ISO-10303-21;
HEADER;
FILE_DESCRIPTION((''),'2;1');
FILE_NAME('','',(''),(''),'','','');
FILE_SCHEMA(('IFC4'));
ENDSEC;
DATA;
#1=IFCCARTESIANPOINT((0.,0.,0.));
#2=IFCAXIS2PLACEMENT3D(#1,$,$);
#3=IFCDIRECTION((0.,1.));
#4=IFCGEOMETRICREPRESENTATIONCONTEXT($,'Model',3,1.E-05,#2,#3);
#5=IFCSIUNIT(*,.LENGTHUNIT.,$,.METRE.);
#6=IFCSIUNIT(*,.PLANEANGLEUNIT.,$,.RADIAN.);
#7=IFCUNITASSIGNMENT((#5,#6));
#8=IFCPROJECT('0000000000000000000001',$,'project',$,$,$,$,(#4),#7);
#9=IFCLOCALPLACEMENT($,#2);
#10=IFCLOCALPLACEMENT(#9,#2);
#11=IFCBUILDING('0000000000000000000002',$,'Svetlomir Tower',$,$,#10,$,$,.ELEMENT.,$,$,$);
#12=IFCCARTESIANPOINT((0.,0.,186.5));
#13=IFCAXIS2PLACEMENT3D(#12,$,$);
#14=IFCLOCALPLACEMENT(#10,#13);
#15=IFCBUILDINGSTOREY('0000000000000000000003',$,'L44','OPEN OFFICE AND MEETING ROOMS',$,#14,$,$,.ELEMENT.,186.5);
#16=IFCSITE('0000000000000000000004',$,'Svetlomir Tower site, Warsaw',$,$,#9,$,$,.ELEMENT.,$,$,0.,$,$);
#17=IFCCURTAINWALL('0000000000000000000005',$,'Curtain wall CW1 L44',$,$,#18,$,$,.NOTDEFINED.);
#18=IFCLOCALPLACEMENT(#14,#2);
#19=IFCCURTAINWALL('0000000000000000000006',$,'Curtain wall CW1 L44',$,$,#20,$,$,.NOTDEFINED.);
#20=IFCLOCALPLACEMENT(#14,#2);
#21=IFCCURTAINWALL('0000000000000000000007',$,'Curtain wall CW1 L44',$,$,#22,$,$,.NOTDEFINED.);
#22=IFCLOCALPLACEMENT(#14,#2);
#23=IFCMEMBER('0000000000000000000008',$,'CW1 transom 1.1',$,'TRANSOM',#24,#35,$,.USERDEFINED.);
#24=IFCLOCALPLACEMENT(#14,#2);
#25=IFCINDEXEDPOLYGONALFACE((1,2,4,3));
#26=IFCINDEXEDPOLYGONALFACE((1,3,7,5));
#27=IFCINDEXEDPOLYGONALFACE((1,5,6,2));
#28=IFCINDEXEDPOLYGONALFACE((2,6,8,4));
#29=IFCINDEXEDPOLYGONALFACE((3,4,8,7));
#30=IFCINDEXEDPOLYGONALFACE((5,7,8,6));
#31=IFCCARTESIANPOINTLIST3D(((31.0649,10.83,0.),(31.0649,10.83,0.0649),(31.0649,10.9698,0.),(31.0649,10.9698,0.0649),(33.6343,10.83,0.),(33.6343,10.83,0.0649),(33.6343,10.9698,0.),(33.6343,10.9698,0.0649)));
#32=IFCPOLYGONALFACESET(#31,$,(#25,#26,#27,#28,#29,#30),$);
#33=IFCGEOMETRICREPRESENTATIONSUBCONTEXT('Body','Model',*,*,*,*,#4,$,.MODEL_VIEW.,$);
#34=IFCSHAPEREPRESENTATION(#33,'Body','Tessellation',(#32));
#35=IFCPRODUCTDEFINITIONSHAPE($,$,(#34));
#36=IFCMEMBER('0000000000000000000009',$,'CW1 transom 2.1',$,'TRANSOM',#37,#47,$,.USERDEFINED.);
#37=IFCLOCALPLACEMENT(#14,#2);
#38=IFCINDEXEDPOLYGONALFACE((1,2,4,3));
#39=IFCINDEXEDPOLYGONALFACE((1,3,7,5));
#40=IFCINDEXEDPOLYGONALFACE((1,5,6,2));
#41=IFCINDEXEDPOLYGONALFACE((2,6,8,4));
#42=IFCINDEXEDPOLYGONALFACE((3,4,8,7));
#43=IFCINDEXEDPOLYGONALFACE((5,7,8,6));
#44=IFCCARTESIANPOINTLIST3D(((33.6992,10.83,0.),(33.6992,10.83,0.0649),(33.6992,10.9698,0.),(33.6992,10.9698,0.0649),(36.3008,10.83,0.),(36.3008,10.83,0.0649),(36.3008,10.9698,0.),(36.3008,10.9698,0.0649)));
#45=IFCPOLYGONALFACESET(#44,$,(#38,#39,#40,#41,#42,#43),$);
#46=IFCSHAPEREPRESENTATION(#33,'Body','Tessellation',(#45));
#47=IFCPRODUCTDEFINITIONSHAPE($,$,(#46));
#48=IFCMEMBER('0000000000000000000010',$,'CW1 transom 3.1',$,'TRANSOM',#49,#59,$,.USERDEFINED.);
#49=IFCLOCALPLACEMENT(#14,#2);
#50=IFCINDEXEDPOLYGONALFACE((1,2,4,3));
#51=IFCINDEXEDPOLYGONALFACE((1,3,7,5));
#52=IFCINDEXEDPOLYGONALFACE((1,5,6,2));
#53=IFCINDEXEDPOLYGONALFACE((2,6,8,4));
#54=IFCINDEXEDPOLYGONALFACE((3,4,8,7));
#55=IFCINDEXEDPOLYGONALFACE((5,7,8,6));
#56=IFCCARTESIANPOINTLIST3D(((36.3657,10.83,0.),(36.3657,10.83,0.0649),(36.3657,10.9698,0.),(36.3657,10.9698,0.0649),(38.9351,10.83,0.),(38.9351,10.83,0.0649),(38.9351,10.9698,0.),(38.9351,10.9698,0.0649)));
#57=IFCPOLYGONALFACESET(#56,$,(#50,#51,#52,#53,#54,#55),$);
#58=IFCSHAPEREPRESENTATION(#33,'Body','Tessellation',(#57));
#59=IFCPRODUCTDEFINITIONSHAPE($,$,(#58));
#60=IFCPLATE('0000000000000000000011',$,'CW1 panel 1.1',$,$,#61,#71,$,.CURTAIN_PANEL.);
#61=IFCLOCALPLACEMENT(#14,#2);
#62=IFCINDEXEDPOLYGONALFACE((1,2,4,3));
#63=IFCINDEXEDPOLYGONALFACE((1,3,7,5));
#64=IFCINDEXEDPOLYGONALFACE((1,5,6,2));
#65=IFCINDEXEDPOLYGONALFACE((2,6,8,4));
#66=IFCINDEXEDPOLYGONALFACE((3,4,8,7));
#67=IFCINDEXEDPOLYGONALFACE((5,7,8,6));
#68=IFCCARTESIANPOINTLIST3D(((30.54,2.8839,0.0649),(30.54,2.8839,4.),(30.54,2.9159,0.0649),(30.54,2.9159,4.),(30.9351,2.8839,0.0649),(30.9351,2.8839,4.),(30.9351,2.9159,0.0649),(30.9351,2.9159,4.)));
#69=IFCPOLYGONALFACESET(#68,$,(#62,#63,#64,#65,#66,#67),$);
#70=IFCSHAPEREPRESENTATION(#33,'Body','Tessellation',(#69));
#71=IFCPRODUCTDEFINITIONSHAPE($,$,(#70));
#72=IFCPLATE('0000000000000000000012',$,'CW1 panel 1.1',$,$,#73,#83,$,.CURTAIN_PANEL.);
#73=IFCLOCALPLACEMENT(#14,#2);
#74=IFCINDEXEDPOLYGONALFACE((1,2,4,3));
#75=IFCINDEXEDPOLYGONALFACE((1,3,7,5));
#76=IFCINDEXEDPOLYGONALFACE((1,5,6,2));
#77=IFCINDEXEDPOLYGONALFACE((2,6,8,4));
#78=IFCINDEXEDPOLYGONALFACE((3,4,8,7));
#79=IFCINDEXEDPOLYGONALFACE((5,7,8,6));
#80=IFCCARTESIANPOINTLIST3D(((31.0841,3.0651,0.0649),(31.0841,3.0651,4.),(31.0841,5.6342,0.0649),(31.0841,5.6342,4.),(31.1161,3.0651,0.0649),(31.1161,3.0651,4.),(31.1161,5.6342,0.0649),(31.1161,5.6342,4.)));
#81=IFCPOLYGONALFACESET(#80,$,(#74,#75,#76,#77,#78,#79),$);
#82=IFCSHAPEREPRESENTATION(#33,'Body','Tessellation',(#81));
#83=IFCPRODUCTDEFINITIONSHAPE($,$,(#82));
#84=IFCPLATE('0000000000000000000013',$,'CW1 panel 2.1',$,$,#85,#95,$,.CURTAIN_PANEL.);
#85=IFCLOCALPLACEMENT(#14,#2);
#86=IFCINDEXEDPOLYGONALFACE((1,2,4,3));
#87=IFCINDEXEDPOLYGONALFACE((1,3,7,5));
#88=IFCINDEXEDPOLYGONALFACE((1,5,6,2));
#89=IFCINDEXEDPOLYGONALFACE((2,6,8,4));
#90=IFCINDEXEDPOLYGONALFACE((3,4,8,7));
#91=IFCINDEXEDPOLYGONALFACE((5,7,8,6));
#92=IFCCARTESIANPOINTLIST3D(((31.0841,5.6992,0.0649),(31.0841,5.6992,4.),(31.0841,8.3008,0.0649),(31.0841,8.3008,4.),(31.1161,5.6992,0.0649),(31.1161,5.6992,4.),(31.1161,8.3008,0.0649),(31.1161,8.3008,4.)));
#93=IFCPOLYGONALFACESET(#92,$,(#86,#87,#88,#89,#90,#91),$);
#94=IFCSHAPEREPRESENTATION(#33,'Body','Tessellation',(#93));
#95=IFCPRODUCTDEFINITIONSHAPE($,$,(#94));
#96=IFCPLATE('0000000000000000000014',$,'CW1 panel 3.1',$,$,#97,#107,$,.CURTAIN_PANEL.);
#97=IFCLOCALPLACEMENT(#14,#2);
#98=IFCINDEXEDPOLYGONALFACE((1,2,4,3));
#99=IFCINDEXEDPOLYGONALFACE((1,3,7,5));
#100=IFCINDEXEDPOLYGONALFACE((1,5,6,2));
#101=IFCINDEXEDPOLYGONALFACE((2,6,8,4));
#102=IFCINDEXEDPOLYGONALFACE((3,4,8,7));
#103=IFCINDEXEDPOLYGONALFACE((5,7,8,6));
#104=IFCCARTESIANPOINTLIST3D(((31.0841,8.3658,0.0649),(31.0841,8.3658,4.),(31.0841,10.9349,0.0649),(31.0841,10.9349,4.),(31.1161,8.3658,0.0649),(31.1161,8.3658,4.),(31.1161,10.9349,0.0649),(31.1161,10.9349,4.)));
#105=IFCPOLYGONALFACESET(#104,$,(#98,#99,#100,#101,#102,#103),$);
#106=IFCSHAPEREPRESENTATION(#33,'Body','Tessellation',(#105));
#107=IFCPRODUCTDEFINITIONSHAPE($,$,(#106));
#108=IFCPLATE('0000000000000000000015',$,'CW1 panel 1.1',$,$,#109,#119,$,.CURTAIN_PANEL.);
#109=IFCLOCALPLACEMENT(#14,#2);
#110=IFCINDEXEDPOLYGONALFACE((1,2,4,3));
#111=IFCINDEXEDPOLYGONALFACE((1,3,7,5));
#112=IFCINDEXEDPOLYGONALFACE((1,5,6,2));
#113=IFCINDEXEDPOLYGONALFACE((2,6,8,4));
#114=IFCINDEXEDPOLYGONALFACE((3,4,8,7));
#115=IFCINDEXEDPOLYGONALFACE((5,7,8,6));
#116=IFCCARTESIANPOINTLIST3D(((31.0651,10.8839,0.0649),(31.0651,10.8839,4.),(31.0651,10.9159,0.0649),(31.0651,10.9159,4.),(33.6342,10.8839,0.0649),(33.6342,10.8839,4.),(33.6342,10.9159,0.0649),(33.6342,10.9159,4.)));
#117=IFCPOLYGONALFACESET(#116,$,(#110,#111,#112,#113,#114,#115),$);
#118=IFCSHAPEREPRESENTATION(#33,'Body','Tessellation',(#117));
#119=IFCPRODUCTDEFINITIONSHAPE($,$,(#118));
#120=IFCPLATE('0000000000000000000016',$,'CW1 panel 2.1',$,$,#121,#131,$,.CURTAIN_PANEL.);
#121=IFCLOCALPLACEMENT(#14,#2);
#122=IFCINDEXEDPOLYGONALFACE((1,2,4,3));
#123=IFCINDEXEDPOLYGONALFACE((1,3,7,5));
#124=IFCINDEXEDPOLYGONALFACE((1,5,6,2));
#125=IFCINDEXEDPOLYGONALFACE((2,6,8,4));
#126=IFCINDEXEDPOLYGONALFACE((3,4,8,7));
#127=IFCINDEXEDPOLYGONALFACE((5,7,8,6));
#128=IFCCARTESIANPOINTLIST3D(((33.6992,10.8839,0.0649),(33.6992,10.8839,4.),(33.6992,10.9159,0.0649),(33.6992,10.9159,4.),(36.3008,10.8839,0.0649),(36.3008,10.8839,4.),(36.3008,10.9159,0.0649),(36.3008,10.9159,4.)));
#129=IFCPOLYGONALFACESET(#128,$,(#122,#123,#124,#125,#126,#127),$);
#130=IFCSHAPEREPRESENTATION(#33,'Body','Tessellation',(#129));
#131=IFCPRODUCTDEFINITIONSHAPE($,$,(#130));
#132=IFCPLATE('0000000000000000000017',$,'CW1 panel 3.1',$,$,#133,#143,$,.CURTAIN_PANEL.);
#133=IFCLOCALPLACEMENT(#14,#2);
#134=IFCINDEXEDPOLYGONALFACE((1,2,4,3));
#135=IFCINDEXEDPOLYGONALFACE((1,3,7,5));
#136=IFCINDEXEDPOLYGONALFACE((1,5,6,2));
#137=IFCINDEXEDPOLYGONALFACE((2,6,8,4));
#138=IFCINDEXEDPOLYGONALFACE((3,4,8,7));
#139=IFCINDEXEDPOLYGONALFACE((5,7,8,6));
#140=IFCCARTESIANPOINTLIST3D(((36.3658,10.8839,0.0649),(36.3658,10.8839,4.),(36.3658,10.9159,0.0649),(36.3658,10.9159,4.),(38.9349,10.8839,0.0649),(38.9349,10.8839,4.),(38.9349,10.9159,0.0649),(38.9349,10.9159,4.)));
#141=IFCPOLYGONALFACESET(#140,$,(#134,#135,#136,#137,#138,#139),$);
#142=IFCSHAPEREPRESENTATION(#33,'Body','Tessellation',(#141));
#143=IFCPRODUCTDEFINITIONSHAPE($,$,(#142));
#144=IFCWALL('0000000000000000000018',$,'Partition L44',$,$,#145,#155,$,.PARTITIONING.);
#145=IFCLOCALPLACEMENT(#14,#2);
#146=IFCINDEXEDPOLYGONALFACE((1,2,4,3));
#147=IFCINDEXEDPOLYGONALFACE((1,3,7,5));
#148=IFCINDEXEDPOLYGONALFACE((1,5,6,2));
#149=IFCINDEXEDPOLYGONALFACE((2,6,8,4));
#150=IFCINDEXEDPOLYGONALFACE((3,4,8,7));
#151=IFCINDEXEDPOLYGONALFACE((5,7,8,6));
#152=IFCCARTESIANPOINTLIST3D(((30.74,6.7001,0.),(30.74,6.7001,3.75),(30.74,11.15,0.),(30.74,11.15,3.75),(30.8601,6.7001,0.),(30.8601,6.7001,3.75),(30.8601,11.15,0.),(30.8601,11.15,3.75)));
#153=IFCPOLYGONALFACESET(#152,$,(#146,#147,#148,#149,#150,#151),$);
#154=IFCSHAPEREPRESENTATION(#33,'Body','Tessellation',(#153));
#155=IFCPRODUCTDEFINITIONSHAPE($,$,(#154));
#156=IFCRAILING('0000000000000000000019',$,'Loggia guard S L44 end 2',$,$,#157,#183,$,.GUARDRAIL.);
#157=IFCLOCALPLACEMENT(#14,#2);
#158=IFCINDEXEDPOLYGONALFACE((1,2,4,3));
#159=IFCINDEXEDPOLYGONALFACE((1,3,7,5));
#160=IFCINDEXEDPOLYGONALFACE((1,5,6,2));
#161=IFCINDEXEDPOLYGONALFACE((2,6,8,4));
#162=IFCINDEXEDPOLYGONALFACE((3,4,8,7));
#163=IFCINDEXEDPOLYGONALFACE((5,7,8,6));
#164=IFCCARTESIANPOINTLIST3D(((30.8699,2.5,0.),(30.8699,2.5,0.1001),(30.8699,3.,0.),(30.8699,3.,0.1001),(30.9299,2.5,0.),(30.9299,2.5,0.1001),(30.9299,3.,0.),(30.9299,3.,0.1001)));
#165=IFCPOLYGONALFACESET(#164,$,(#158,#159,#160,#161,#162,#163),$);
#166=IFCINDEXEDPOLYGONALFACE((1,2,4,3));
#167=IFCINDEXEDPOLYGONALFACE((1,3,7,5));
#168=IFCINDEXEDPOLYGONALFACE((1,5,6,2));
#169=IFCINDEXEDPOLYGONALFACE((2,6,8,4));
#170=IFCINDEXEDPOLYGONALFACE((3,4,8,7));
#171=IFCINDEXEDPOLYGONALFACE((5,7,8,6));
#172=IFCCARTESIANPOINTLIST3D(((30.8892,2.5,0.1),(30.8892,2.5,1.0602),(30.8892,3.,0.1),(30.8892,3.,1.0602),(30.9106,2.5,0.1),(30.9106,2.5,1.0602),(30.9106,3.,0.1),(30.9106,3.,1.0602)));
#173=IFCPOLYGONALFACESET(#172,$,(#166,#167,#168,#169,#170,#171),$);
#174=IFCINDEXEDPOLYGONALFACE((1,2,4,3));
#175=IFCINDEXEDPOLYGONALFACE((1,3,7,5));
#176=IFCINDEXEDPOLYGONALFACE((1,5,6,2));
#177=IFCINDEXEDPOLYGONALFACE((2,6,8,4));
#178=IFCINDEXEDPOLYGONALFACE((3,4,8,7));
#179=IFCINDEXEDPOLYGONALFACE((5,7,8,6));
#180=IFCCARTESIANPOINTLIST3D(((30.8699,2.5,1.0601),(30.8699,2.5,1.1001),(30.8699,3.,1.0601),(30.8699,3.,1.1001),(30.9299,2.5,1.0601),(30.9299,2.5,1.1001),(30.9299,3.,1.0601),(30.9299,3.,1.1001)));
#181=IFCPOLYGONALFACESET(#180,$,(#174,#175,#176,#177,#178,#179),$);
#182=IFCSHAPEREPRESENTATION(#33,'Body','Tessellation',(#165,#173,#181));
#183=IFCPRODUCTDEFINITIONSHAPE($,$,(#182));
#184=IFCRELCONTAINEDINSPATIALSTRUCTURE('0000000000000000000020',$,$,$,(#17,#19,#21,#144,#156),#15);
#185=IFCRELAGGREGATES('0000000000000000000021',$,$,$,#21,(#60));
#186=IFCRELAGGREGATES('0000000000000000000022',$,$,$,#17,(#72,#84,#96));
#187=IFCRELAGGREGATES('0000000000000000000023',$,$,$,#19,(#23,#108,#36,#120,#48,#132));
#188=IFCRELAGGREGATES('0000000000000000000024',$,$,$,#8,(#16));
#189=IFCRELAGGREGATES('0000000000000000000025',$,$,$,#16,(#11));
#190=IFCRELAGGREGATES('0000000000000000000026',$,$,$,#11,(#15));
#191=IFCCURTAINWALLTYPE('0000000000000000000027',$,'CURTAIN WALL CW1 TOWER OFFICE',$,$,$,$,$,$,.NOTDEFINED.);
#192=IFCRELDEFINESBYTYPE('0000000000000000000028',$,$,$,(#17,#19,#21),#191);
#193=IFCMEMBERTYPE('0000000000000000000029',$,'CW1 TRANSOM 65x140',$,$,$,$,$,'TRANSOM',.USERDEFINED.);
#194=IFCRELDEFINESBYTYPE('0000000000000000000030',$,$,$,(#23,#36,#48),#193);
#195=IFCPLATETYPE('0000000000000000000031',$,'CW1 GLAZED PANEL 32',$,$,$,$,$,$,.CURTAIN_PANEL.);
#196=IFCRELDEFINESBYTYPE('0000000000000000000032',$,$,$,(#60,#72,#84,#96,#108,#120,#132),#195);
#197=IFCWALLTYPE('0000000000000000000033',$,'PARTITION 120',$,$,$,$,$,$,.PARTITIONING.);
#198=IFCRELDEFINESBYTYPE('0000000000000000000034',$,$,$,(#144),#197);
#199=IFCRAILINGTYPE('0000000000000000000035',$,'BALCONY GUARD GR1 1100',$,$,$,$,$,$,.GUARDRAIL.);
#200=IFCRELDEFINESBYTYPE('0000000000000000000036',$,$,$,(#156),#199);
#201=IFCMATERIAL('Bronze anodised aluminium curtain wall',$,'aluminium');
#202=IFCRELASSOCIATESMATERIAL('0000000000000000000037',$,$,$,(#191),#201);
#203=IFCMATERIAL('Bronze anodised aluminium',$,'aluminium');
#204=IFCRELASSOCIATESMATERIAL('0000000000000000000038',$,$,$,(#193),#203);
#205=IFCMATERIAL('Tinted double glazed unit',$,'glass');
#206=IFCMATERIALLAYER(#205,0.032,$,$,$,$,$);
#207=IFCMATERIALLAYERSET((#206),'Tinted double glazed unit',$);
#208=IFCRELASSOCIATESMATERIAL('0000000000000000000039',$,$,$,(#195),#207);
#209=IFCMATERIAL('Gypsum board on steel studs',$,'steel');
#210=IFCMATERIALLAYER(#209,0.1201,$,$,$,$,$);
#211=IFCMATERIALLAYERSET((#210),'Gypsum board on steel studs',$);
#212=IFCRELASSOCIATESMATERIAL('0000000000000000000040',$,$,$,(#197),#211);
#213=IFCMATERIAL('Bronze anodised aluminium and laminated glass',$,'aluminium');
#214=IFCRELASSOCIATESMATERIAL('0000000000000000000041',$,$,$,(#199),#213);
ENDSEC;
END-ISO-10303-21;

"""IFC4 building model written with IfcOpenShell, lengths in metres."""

from ifc_helpers import new_model, si_unit, direction, frame, frame_2d, origin, origin_2d, place, context, subcontext, project, spatial, rectangle, extrude, material, layer, layer_set, material_profile, profile_set, type_object, element, aggregate, save


model = new_model("IFC4")

# Units and contexts
model_context = context("Model", 3, precision=1e-05, world=origin(), true_north=direction((0.0, 1.0)))
body_context = subcontext(model_context, "Body", "Model", "MODEL_VIEW")
ifc_project = project(units=[si_unit("LENGTHUNIT", "METRE"), si_unit("PLANEANGLEUNIT", "RADIAN")], contexts=[model_context])

# Site, building, storey
site_placement = place(None, origin())
site = spatial("IfcSite", under=ifc_project, at=site_placement, Name="Svetlomir Tower site, Warsaw", CompositionType="ELEMENT", RefElevation=0.0)
building_placement = place(site_placement, origin())
building = spatial("IfcBuilding", under=site, at=building_placement, Name="Svetlomir Tower", CompositionType="ELEMENT")
storey_placement = place(building_placement, frame((0.0, 0.0, 186.5)))
storey = spatial("IfcBuildingStorey", under=building, at=storey_placement, Name="L44", Description="OPEN OFFICE AND MEETING ROOMS", CompositionType="ELEMENT", Elevation=186.5)

# Curtain walls
ifc_material_1 = material(Name="Bronze anodised aluminium curtain wall", Category="aluminium")
curtain_wall_type = type_object("IfcCurtainWallType", Name="CURTAIN WALL CW1 TOWER OFFICE", PredefinedType="NOTDEFINED", material=ifc_material_1)
curtain_wall_1_placement = place(storey_placement, origin())
curtain_wall_1 = element("IfcCurtainWall", 1, at=curtain_wall_1_placement, inside=storey, type_object=curtain_wall_type, Name="Curtain wall CW1 L44", PredefinedType="NOTDEFINED")
curtain_wall_2_placement = place(storey_placement, origin())
curtain_wall_2 = element("IfcCurtainWall", 2, at=curtain_wall_2_placement, inside=storey, type_object=curtain_wall_type, Name="Curtain wall CW1 L44", PredefinedType="NOTDEFINED")

# Curtain wall
curtain_wall_3_placement = place(storey_placement, origin())
curtain_wall_3 = element("IfcCurtainWall", 3, at=curtain_wall_3_placement, inside=storey, type_object=curtain_wall_type, Name="Curtain wall CW1 L44", PredefinedType="NOTDEFINED")

# Members
ifc_material_2 = material(Name="Bronze anodised aluminium", Category="aluminium")
ifc_material_profile_1 = material_profile(ifc_material_2, rectangle(XDim=0.1399, YDim=0.0649, at=origin_2d()), Name="AL 140x65")
ifc_profile_set_1 = profile_set([ifc_material_profile_1], Name="Bronze anodised aluminium 6063-T6")
member_type_1 = type_object("IfcMemberType", Name="CW1 TRANSOM 65x140", ElementType="TRANSOM", PredefinedType="USERDEFINED", material=ifc_profile_set_1)
member_1_placement = place(storey_placement, frame((31.0649, 10.8999, 0.0325), z_axis=(1.0, 0.0, 0.0), x_axis=(0.0, 1.0, 0.0)))
member_1 = element("IfcMember", 4, at=member_1_placement, type_object=member_type_1, Name="CW1 transom 1.1", ObjectType="TRANSOM", PredefinedType="USERDEFINED", context=body_context, shape_type="SweptSolid", body=[
    extrude(rectangle(XDim=0.1399, YDim=0.0649, at=origin_2d()), origin(), (0.0, 0.0, 1.0), 2.5693),
])
member_2_placement = place(storey_placement, frame((33.6992, 10.8999, 0.0325), z_axis=(1.0, 0.0, 0.0), x_axis=(0.0, 1.0, 0.0)))
member_2 = element("IfcMember", 5, at=member_2_placement, type_object=member_type_1, Name="CW1 transom 2.1", ObjectType="TRANSOM", PredefinedType="USERDEFINED", context=body_context, shape_type="SweptSolid", body=[
    extrude(rectangle(XDim=0.1399, YDim=0.0649, at=origin_2d()), origin(), (0.0, 0.0, 1.0), 2.6016),
])
member_3_placement = place(storey_placement, frame((36.3657, 10.8999, 0.0325), z_axis=(1.0, 0.0, 0.0), x_axis=(0.0, 1.0, 0.0)))
member_3 = element("IfcMember", 6, at=member_3_placement, type_object=member_type_1, Name="CW1 transom 3.1", ObjectType="TRANSOM", PredefinedType="USERDEFINED", context=body_context, shape_type="SweptSolid", body=[
    extrude(rectangle(XDim=0.1399, YDim=0.0649, at=origin_2d()), origin(), (0.0, 0.0, 1.0), 2.5693),
])

# Plates
ifc_material_3 = material(Name="Tinted double glazed unit", Category="glass")
ifc_layer_1 = layer(ifc_material_3, 0.032)
ifc_layer_set_1 = layer_set([ifc_layer_1], Name="Tinted double glazed unit")
plate_type = type_object("IfcPlateType", Name="CW1 GLAZED PANEL 32", PredefinedType="CURTAIN_PANEL", material=ifc_layer_set_1)
plate_1_placement = place(storey_placement, frame((30.7375, 2.8999, 0.0649), z_axis=(0.0, 0.0, 1.0), x_axis=(1.0, 0.0, 0.0)))
plate_1 = element("IfcPlate", 7, at=plate_1_placement, type_object=plate_type, Name="CW1 panel 1.1", PredefinedType="CURTAIN_PANEL", context=body_context, shape_type="SweptSolid", body=[
    extrude(rectangle(XDim=0.395, YDim=0.032, at=origin_2d()), origin(), (0.0, 0.0, 1.0), 3.9351),
])
aggregate(curtain_wall_3, [plate_1])
plate_2_placement = place(storey_placement, frame((31.1001, 4.3496, 0.0649), z_axis=(0.0, 0.0, 1.0), x_axis=(0.0, 1.0, 0.0)))
plate_2 = element("IfcPlate", 8, at=plate_2_placement, type_object=plate_type, Name="CW1 panel 1.1", PredefinedType="CURTAIN_PANEL", context=body_context, shape_type="SweptSolid", body=[
    extrude(rectangle(XDim=2.5691, YDim=0.032, at=origin_2d()), origin(), (0.0, 0.0, 1.0), 3.9351),
])
plate_3_placement = place(storey_placement, frame((31.1001, 7.0, 0.0649), z_axis=(0.0, 0.0, 1.0), x_axis=(0.0, 1.0, 0.0)))
plate_3 = element("IfcPlate", 9, at=plate_3_placement, type_object=plate_type, Name="CW1 panel 2.1", PredefinedType="CURTAIN_PANEL", context=body_context, shape_type="SweptSolid", body=[
    extrude(rectangle(XDim=2.6016, YDim=0.032, at=origin_2d()), origin(), (0.0, 0.0, 1.0), 3.9351),
])
plate_4_placement = place(storey_placement, frame((31.1001, 9.6504, 0.0649), z_axis=(0.0, 0.0, 1.0), x_axis=(0.0, 1.0, 0.0)))
plate_4 = element("IfcPlate", 10, at=plate_4_placement, type_object=plate_type, Name="CW1 panel 3.1", PredefinedType="CURTAIN_PANEL", context=body_context, shape_type="SweptSolid", body=[
    extrude(rectangle(XDim=2.5691, YDim=0.032, at=origin_2d()), origin(), (0.0, 0.0, 1.0), 3.9351),
])
aggregate(curtain_wall_1, [plate_2, plate_3, plate_4])
plate_5_placement = place(storey_placement, frame((32.3496, 10.8999, 0.0649), z_axis=(0.0, 0.0, 1.0), x_axis=(1.0, 0.0, 0.0)))
plate_5 = element("IfcPlate", 11, at=plate_5_placement, type_object=plate_type, Name="CW1 panel 1.1", PredefinedType="CURTAIN_PANEL", context=body_context, shape_type="SweptSolid", body=[
    extrude(rectangle(XDim=2.5691, YDim=0.032, at=origin_2d()), origin(), (0.0, 0.0, 1.0), 3.9351),
])
plate_6_placement = place(storey_placement, frame((35.0, 10.8999, 0.0649), z_axis=(0.0, 0.0, 1.0), x_axis=(1.0, 0.0, 0.0)))
plate_6 = element("IfcPlate", 12, at=plate_6_placement, type_object=plate_type, Name="CW1 panel 2.1", PredefinedType="CURTAIN_PANEL", context=body_context, shape_type="SweptSolid", body=[
    extrude(rectangle(XDim=2.6016, YDim=0.032, at=origin_2d()), origin(), (0.0, 0.0, 1.0), 3.9351),
])
plate_7_placement = place(storey_placement, frame((37.6504, 10.8999, 0.0649), z_axis=(0.0, 0.0, 1.0), x_axis=(1.0, 0.0, 0.0)))
plate_7 = element("IfcPlate", 13, at=plate_7_placement, type_object=plate_type, Name="CW1 panel 3.1", PredefinedType="CURTAIN_PANEL", context=body_context, shape_type="SweptSolid", body=[
    extrude(rectangle(XDim=2.5691, YDim=0.032, at=origin_2d()), origin(), (0.0, 0.0, 1.0), 3.9351),
])
aggregate(curtain_wall_2, [member_1, plate_5, member_2, plate_6, member_3, plate_7])

# Wall
ifc_material_4 = material(Name="Gypsum board on steel studs", Category="steel")
ifc_layer_2 = layer(ifc_material_4, 0.1201)
ifc_layer_set_2 = layer_set([ifc_layer_2], Name="Gypsum board on steel studs")
wall_type = type_object("IfcWallType", Name="PARTITION 120", PredefinedType="PARTITIONING", material=ifc_layer_set_2)
wall_placement = place(storey_placement, frame((30.8, 6.7, 0.0), z_axis=(0.0, 0.0, 1.0), x_axis=(0.0, 1.0, 0.0)))
element("IfcWall", 14, at=wall_placement, inside=storey, type_object=wall_type, Name="Partition L44", PredefinedType="PARTITIONING", context=body_context, shape_type="SweptSolid", body=[
    extrude(rectangle(XDim=4.45, YDim=0.1201, at=frame_2d((2.2251, 0.0))), origin(), (0.0, 0.0, 1.0), 3.75),
])

# Railing
ifc_material_5 = material(Name="Bronze anodised aluminium and laminated glass", Category="aluminium")
railing_type = type_object("IfcRailingType", Name="BALCONY GUARD GR1 1100", PredefinedType="GUARDRAIL", material=ifc_material_5)
railing_placement = place(storey_placement, frame((30.8999, 2.5, 0.0)))
element("IfcRailing", 15, at=railing_placement, inside=storey, type_object=railing_type, Name="Loggia guard S L44 end 2", PredefinedType="GUARDRAIL", context=body_context, shape_type="SweptSolid", body=[
    extrude(rectangle(XDim=0.0601, YDim=0.1001, at=origin_2d()), frame((0.0, 0.0, 0.05), z_axis=(0.0, 1.0, 0.0), x_axis=(-1.0, 0.0, 0.0)), (0.0, 0.0, 1.0), 0.5),
    extrude(rectangle(XDim=0.0215, YDim=0.9602, at=origin_2d()), frame((0.0, 0.0, 0.5801), z_axis=(0.0, 1.0, 0.0), x_axis=(-1.0, 0.0, 0.0)), (0.0, 0.0, 1.0), 0.5),
    extrude(rectangle(XDim=0.0601, YDim=0.04, at=origin_2d()), frame((0.0, 0.0, 1.0801), z_axis=(0.0, 1.0, 0.0), x_axis=(-1.0, 0.0, 0.0)), (0.0, 0.0, 1.0), 0.5),
])

save(model, "model.ifc")
